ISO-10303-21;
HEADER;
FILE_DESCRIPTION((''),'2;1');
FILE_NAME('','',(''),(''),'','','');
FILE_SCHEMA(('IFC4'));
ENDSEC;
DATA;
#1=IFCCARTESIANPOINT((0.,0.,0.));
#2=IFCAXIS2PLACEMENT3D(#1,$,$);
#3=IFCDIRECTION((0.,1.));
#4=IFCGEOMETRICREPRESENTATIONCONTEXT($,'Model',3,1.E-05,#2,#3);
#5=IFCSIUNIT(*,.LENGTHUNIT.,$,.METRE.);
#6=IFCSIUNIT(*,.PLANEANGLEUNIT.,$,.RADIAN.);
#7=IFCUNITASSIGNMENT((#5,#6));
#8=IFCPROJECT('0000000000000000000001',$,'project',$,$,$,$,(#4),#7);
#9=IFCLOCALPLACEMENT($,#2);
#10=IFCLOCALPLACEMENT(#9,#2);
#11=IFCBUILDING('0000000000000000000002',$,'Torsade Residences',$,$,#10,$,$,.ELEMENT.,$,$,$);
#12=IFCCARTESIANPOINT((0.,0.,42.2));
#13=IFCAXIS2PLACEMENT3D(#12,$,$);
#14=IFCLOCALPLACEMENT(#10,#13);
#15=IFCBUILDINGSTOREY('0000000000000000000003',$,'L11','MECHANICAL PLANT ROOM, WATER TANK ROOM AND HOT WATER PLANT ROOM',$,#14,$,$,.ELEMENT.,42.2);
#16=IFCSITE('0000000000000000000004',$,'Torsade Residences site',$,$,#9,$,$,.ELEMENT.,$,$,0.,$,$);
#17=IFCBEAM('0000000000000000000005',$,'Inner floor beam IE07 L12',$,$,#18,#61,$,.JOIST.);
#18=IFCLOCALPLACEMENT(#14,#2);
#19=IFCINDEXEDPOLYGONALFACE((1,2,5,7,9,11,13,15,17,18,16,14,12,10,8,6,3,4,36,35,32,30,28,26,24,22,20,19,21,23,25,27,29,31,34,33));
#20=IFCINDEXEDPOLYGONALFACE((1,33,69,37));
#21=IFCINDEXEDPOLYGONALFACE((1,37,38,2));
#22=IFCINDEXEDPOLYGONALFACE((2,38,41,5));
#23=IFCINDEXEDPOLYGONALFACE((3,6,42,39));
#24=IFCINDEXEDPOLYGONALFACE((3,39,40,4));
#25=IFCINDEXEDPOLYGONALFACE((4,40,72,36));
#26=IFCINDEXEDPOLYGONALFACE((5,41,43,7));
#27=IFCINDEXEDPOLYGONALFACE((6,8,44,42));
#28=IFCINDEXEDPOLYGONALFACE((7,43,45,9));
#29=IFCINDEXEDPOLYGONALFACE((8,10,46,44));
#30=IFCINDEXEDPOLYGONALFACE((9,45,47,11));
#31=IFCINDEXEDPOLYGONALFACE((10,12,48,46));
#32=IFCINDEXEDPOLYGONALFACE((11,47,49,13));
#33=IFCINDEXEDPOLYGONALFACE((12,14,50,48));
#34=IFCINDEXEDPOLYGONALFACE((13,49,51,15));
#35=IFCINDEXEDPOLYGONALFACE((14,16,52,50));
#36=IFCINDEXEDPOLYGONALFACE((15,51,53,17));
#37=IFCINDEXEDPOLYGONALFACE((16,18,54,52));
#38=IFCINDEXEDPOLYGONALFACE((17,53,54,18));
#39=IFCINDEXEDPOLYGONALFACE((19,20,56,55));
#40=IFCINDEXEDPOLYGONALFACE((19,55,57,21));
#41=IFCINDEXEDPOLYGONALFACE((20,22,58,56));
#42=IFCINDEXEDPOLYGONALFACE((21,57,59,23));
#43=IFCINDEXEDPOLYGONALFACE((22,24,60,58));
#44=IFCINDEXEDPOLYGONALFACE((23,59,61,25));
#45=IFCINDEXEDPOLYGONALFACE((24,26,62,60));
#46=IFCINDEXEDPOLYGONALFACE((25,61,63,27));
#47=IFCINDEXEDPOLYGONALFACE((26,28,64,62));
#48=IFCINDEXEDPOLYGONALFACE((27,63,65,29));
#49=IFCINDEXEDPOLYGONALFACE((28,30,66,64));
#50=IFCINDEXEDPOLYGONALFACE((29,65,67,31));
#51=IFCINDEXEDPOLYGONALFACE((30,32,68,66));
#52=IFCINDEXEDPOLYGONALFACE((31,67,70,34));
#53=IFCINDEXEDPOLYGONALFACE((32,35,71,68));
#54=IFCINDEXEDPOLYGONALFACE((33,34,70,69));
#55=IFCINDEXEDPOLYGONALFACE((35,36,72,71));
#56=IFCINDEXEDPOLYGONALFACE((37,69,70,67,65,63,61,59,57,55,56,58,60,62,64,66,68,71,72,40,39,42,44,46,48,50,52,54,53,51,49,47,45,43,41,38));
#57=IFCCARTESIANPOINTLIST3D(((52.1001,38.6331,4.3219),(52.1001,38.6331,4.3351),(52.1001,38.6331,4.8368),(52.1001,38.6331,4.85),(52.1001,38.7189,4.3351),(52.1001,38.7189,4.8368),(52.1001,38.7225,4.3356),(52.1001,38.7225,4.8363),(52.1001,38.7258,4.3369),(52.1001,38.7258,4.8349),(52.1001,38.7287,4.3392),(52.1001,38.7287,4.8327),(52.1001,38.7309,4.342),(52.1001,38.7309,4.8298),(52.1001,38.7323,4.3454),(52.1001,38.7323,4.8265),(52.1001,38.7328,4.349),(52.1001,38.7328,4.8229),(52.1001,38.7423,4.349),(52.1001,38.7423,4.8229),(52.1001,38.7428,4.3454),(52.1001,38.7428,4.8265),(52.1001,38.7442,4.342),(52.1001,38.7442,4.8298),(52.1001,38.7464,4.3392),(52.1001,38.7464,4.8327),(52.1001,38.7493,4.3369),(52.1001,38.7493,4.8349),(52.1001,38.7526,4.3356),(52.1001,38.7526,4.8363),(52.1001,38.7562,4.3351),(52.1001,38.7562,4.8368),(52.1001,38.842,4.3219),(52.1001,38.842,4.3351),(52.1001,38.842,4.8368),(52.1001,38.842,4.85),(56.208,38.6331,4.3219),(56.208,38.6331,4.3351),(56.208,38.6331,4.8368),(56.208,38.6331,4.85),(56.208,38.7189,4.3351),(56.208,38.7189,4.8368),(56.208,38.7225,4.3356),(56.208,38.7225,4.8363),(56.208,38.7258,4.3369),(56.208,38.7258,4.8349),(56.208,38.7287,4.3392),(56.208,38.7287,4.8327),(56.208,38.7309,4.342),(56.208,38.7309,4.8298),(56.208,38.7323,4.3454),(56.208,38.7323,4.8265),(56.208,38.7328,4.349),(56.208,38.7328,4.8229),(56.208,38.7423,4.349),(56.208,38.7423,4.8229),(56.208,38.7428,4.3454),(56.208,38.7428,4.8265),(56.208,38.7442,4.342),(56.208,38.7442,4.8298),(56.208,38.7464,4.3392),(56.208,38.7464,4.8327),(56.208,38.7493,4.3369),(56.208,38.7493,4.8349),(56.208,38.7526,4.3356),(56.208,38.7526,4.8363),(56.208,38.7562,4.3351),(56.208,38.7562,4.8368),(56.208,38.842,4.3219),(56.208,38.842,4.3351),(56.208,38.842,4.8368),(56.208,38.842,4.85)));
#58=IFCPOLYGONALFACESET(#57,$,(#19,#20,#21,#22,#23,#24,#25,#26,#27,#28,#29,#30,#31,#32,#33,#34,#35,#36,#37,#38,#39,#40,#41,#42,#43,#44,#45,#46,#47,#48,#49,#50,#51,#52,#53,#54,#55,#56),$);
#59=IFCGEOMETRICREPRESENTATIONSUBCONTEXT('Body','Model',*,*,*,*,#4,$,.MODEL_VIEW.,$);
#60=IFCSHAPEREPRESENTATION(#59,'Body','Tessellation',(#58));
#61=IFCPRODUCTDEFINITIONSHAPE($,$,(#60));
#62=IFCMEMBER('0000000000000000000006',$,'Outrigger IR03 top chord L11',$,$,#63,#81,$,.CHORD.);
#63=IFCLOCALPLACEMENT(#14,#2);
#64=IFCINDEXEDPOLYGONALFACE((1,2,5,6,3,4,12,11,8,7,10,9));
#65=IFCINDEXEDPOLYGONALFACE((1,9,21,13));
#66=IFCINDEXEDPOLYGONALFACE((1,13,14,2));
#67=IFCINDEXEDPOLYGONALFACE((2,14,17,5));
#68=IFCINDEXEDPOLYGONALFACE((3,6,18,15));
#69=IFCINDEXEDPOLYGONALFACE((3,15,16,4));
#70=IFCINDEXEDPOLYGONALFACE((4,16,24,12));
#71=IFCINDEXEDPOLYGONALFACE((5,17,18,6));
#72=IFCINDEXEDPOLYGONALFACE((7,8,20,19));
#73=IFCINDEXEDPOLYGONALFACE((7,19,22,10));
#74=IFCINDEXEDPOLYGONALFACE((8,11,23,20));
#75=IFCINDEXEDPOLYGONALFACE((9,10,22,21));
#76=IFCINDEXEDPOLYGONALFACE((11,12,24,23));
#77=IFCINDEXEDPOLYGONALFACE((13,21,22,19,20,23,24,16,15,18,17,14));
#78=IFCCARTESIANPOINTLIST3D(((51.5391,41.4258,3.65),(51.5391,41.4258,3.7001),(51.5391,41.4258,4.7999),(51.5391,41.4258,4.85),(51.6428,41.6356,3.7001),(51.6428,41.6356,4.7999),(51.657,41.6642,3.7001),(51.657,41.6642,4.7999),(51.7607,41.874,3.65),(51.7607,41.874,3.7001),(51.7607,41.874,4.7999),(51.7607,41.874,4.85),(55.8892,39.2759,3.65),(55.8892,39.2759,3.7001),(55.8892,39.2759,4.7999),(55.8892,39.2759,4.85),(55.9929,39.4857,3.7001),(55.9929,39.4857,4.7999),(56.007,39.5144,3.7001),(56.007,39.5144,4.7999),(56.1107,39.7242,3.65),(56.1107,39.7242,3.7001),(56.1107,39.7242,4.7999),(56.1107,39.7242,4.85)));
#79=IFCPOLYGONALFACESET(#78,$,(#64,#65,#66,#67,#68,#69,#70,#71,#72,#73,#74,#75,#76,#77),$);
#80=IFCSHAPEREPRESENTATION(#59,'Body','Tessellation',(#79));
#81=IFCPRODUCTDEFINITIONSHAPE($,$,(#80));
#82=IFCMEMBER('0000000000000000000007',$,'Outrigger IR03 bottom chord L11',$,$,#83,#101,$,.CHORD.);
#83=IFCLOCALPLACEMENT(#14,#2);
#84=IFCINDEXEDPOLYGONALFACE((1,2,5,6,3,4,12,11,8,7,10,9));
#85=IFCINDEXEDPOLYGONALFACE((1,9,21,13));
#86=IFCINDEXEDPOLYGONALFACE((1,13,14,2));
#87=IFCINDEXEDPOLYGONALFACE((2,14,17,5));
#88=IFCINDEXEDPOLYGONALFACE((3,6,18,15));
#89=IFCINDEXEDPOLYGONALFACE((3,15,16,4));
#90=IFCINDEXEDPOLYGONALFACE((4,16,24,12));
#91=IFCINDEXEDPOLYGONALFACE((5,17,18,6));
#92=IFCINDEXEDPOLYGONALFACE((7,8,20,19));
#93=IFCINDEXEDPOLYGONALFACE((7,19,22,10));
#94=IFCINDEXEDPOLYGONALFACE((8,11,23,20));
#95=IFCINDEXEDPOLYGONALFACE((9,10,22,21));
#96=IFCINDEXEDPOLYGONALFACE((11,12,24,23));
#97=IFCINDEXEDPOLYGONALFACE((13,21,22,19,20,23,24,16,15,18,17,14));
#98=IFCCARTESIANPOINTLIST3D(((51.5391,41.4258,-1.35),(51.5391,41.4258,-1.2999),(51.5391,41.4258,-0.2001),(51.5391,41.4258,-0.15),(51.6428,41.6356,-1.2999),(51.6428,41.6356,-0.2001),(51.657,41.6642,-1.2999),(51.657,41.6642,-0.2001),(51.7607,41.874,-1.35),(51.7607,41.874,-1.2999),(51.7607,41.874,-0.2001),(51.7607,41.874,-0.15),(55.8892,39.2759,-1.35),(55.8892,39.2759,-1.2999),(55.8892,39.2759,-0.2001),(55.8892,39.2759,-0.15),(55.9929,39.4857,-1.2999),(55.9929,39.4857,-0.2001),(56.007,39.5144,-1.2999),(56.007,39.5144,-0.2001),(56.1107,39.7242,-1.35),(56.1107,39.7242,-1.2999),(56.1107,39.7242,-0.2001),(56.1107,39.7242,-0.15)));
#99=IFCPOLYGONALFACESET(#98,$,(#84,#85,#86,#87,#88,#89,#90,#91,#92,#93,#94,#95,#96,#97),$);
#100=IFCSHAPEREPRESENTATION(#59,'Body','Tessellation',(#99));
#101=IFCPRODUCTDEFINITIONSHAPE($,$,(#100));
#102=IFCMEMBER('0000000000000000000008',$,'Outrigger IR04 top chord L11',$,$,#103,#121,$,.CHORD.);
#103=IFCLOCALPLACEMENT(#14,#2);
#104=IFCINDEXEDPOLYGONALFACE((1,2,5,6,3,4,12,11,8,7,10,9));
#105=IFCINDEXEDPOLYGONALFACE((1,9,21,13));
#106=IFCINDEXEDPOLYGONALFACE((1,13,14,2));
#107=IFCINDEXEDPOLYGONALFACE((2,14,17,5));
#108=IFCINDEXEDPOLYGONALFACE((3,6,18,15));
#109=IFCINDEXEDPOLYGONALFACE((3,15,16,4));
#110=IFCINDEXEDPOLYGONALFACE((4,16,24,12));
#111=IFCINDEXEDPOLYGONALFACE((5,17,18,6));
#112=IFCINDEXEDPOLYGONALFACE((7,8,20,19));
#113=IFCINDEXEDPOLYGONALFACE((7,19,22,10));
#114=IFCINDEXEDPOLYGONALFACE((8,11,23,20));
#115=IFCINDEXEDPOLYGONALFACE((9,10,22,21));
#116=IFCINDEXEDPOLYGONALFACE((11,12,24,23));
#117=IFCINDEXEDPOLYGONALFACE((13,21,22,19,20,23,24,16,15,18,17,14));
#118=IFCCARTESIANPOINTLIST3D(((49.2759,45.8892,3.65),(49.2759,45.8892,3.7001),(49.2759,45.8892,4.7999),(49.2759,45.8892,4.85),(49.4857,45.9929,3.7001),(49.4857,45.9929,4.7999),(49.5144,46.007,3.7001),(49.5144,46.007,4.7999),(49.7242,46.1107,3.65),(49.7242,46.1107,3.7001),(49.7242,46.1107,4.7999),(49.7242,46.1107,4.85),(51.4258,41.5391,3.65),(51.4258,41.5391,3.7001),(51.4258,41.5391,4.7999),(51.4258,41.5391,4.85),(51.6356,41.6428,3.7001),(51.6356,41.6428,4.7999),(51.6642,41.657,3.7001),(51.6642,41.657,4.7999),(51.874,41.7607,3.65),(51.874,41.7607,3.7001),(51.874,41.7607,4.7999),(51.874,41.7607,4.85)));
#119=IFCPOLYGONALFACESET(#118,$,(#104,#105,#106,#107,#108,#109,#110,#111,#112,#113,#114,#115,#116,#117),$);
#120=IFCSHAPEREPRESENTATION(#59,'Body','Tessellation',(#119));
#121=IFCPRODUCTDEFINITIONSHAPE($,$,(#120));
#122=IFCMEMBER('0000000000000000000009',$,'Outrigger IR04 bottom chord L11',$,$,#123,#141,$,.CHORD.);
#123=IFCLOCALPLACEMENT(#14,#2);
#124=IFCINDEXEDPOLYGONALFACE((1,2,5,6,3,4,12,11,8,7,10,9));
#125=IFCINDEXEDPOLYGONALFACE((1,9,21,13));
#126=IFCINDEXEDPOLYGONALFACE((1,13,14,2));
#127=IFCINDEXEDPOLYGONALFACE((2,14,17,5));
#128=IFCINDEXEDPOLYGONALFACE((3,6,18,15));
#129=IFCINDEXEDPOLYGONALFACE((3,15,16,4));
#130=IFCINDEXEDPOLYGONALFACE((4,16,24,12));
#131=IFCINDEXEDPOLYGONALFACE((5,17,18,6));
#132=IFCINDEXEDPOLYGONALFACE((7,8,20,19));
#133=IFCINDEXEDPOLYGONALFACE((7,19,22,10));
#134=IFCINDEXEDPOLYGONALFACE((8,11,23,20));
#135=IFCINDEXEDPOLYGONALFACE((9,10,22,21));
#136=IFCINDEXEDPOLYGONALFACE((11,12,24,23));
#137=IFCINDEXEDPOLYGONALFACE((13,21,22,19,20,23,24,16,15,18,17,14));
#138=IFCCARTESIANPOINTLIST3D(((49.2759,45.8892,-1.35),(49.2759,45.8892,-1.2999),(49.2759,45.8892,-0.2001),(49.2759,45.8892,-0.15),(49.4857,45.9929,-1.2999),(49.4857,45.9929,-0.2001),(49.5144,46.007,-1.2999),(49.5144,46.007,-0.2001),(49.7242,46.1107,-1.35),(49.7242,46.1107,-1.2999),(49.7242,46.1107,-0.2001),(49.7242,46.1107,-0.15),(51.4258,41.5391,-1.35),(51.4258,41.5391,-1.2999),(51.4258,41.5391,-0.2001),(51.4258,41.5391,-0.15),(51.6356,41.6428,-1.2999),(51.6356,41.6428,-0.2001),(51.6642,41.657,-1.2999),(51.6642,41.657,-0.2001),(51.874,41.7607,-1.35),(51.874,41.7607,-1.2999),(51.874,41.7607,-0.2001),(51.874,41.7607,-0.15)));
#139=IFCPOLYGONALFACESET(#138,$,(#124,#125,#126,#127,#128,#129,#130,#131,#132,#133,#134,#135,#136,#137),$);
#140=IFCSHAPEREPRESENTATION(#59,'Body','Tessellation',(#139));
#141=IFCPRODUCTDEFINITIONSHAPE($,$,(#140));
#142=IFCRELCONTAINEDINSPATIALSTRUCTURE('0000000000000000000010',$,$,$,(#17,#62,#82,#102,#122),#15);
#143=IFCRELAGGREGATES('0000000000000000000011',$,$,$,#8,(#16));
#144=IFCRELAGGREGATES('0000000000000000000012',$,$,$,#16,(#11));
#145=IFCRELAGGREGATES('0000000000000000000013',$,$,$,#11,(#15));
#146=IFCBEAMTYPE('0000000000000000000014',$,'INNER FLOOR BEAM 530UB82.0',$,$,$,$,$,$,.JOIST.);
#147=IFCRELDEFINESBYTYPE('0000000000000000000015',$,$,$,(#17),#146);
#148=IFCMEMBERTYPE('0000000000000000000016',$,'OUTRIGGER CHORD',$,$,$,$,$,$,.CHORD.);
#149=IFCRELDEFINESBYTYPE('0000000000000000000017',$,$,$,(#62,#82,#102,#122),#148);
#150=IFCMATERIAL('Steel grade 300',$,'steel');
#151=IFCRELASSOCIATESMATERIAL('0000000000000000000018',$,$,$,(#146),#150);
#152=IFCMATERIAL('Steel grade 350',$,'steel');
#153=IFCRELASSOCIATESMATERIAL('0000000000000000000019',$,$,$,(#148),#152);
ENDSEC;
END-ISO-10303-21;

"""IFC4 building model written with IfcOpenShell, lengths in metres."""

from ifc_helpers import new_model, si_unit, direction, frame, origin, origin_2d, place, context, subcontext, project, spatial, i_section, extrude, material, material_profile, profile_set, type_object, element, save


model = new_model("IFC4")

# Units and contexts
model_context = context("Model", 3, precision=1e-05, world=origin(), true_north=direction((0.0, 1.0)))
body_context = subcontext(model_context, "Body", "Model", "MODEL_VIEW")
ifc_project = project(units=[si_unit("LENGTHUNIT", "METRE"), si_unit("PLANEANGLEUNIT", "RADIAN")], contexts=[model_context])

# Site, building, storey
site_placement = place(None, origin())
site = spatial("IfcSite", under=ifc_project, at=site_placement, Name="Torsade Residences site", CompositionType="ELEMENT", RefElevation=0.0)
building_placement = place(site_placement, origin())
building = spatial("IfcBuilding", under=site, at=building_placement, Name="Torsade Residences", CompositionType="ELEMENT")
storey_placement = place(building_placement, frame((0.0, 0.0, 42.2)))
storey = spatial("IfcBuildingStorey", under=building, at=storey_placement, Name="L11", Description="MECHANICAL PLANT ROOM, WATER TANK ROOM AND HOT WATER PLANT ROOM", CompositionType="ELEMENT", Elevation=42.2)

# Beam
ifc_material_1 = material(Name="Steel grade 300", Category="steel")
ifc_material_profile_1 = material_profile(ifc_material_1, i_section(OverallWidth=0.209, OverallDepth=0.5281, WebThickness=0.0095, FlangeThickness=0.0132, FilletRadius=0.0139, at=origin_2d()), Name="530UB82.0")
ifc_profile_set_1 = profile_set([ifc_material_profile_1], Name="Steel grade 300")
beam_type = type_object("IfcBeamType", Name="INNER FLOOR BEAM 530UB82.0", PredefinedType="JOIST", material=ifc_profile_set_1)
beam_1_placement = place(storey_placement, frame((52.1001, 38.7375, 4.5859), z_axis=(1.0, 0.0, 0.0), x_axis=(0.0, 1.0, 0.0)))
element("IfcBeam", 1, at=beam_1_placement, inside=storey, type_object=beam_type, Name="Inner floor beam IE07 L12", PredefinedType="JOIST", context=body_context, shape_type="SweptSolid", body=[
    extrude(i_section(OverallWidth=0.209, OverallDepth=0.5281, WebThickness=0.0095, FlangeThickness=0.0132, FilletRadius=0.0139, at=origin_2d()), origin(), (0.0, 0.0, 1.0), 4.1079),
])

# Members
ifc_material_2 = material(Name="Steel grade 350", Category="steel")
ifc_material_profile_2 = material_profile(ifc_material_2, i_section(OverallWidth=0.5, OverallDepth=1.2, WebThickness=0.032, FlangeThickness=0.05, at=origin_2d()), Name="1200x500x50x32WPG")
ifc_profile_set_2 = profile_set([ifc_material_profile_2], Name="Steel grade 350")
member_type_1 = type_object("IfcMemberType", Name="OUTRIGGER CHORD", PredefinedType="CHORD", material=ifc_profile_set_2)
for number, where, z_axis, x_axis, name in (
    (2, (51.6499, 41.6499, 4.25), (0.896491, -0.443063, 0.0), (0.443063, 0.896491, 0.0), "Outrigger IR03 top chord L11"),
    (3, (51.6499, 41.6499, -0.75), (0.896491, -0.443063, 0.0), (0.443063, 0.896491, 0.0), "Outrigger IR03 bottom chord L11"),
    (4, (51.6499, 41.6499, 4.25), (-0.443063, 0.896491, 0.0), (-0.896491, -0.443063, 0.0), "Outrigger IR04 top chord L11"),
    (5, (51.6499, 41.6499, -0.75), (-0.443063, 0.896491, 0.0), (-0.896491, -0.443063, 0.0), "Outrigger IR04 bottom chord L11"),
):
    element("IfcMember", number, at=place(storey_placement, frame(where, z_axis=z_axis, x_axis=x_axis)), inside=storey, type_object=member_type_1, Name=name, PredefinedType="CHORD", context=body_context, shape_type="SweptSolid", body=[
        extrude(i_section(OverallWidth=0.5, OverallDepth=1.2, WebThickness=0.032, FlangeThickness=0.05, at=origin_2d()), origin(), (0.0, 0.0, 1.0), 4.8523),
    ])

save(model, "model.ifc")
